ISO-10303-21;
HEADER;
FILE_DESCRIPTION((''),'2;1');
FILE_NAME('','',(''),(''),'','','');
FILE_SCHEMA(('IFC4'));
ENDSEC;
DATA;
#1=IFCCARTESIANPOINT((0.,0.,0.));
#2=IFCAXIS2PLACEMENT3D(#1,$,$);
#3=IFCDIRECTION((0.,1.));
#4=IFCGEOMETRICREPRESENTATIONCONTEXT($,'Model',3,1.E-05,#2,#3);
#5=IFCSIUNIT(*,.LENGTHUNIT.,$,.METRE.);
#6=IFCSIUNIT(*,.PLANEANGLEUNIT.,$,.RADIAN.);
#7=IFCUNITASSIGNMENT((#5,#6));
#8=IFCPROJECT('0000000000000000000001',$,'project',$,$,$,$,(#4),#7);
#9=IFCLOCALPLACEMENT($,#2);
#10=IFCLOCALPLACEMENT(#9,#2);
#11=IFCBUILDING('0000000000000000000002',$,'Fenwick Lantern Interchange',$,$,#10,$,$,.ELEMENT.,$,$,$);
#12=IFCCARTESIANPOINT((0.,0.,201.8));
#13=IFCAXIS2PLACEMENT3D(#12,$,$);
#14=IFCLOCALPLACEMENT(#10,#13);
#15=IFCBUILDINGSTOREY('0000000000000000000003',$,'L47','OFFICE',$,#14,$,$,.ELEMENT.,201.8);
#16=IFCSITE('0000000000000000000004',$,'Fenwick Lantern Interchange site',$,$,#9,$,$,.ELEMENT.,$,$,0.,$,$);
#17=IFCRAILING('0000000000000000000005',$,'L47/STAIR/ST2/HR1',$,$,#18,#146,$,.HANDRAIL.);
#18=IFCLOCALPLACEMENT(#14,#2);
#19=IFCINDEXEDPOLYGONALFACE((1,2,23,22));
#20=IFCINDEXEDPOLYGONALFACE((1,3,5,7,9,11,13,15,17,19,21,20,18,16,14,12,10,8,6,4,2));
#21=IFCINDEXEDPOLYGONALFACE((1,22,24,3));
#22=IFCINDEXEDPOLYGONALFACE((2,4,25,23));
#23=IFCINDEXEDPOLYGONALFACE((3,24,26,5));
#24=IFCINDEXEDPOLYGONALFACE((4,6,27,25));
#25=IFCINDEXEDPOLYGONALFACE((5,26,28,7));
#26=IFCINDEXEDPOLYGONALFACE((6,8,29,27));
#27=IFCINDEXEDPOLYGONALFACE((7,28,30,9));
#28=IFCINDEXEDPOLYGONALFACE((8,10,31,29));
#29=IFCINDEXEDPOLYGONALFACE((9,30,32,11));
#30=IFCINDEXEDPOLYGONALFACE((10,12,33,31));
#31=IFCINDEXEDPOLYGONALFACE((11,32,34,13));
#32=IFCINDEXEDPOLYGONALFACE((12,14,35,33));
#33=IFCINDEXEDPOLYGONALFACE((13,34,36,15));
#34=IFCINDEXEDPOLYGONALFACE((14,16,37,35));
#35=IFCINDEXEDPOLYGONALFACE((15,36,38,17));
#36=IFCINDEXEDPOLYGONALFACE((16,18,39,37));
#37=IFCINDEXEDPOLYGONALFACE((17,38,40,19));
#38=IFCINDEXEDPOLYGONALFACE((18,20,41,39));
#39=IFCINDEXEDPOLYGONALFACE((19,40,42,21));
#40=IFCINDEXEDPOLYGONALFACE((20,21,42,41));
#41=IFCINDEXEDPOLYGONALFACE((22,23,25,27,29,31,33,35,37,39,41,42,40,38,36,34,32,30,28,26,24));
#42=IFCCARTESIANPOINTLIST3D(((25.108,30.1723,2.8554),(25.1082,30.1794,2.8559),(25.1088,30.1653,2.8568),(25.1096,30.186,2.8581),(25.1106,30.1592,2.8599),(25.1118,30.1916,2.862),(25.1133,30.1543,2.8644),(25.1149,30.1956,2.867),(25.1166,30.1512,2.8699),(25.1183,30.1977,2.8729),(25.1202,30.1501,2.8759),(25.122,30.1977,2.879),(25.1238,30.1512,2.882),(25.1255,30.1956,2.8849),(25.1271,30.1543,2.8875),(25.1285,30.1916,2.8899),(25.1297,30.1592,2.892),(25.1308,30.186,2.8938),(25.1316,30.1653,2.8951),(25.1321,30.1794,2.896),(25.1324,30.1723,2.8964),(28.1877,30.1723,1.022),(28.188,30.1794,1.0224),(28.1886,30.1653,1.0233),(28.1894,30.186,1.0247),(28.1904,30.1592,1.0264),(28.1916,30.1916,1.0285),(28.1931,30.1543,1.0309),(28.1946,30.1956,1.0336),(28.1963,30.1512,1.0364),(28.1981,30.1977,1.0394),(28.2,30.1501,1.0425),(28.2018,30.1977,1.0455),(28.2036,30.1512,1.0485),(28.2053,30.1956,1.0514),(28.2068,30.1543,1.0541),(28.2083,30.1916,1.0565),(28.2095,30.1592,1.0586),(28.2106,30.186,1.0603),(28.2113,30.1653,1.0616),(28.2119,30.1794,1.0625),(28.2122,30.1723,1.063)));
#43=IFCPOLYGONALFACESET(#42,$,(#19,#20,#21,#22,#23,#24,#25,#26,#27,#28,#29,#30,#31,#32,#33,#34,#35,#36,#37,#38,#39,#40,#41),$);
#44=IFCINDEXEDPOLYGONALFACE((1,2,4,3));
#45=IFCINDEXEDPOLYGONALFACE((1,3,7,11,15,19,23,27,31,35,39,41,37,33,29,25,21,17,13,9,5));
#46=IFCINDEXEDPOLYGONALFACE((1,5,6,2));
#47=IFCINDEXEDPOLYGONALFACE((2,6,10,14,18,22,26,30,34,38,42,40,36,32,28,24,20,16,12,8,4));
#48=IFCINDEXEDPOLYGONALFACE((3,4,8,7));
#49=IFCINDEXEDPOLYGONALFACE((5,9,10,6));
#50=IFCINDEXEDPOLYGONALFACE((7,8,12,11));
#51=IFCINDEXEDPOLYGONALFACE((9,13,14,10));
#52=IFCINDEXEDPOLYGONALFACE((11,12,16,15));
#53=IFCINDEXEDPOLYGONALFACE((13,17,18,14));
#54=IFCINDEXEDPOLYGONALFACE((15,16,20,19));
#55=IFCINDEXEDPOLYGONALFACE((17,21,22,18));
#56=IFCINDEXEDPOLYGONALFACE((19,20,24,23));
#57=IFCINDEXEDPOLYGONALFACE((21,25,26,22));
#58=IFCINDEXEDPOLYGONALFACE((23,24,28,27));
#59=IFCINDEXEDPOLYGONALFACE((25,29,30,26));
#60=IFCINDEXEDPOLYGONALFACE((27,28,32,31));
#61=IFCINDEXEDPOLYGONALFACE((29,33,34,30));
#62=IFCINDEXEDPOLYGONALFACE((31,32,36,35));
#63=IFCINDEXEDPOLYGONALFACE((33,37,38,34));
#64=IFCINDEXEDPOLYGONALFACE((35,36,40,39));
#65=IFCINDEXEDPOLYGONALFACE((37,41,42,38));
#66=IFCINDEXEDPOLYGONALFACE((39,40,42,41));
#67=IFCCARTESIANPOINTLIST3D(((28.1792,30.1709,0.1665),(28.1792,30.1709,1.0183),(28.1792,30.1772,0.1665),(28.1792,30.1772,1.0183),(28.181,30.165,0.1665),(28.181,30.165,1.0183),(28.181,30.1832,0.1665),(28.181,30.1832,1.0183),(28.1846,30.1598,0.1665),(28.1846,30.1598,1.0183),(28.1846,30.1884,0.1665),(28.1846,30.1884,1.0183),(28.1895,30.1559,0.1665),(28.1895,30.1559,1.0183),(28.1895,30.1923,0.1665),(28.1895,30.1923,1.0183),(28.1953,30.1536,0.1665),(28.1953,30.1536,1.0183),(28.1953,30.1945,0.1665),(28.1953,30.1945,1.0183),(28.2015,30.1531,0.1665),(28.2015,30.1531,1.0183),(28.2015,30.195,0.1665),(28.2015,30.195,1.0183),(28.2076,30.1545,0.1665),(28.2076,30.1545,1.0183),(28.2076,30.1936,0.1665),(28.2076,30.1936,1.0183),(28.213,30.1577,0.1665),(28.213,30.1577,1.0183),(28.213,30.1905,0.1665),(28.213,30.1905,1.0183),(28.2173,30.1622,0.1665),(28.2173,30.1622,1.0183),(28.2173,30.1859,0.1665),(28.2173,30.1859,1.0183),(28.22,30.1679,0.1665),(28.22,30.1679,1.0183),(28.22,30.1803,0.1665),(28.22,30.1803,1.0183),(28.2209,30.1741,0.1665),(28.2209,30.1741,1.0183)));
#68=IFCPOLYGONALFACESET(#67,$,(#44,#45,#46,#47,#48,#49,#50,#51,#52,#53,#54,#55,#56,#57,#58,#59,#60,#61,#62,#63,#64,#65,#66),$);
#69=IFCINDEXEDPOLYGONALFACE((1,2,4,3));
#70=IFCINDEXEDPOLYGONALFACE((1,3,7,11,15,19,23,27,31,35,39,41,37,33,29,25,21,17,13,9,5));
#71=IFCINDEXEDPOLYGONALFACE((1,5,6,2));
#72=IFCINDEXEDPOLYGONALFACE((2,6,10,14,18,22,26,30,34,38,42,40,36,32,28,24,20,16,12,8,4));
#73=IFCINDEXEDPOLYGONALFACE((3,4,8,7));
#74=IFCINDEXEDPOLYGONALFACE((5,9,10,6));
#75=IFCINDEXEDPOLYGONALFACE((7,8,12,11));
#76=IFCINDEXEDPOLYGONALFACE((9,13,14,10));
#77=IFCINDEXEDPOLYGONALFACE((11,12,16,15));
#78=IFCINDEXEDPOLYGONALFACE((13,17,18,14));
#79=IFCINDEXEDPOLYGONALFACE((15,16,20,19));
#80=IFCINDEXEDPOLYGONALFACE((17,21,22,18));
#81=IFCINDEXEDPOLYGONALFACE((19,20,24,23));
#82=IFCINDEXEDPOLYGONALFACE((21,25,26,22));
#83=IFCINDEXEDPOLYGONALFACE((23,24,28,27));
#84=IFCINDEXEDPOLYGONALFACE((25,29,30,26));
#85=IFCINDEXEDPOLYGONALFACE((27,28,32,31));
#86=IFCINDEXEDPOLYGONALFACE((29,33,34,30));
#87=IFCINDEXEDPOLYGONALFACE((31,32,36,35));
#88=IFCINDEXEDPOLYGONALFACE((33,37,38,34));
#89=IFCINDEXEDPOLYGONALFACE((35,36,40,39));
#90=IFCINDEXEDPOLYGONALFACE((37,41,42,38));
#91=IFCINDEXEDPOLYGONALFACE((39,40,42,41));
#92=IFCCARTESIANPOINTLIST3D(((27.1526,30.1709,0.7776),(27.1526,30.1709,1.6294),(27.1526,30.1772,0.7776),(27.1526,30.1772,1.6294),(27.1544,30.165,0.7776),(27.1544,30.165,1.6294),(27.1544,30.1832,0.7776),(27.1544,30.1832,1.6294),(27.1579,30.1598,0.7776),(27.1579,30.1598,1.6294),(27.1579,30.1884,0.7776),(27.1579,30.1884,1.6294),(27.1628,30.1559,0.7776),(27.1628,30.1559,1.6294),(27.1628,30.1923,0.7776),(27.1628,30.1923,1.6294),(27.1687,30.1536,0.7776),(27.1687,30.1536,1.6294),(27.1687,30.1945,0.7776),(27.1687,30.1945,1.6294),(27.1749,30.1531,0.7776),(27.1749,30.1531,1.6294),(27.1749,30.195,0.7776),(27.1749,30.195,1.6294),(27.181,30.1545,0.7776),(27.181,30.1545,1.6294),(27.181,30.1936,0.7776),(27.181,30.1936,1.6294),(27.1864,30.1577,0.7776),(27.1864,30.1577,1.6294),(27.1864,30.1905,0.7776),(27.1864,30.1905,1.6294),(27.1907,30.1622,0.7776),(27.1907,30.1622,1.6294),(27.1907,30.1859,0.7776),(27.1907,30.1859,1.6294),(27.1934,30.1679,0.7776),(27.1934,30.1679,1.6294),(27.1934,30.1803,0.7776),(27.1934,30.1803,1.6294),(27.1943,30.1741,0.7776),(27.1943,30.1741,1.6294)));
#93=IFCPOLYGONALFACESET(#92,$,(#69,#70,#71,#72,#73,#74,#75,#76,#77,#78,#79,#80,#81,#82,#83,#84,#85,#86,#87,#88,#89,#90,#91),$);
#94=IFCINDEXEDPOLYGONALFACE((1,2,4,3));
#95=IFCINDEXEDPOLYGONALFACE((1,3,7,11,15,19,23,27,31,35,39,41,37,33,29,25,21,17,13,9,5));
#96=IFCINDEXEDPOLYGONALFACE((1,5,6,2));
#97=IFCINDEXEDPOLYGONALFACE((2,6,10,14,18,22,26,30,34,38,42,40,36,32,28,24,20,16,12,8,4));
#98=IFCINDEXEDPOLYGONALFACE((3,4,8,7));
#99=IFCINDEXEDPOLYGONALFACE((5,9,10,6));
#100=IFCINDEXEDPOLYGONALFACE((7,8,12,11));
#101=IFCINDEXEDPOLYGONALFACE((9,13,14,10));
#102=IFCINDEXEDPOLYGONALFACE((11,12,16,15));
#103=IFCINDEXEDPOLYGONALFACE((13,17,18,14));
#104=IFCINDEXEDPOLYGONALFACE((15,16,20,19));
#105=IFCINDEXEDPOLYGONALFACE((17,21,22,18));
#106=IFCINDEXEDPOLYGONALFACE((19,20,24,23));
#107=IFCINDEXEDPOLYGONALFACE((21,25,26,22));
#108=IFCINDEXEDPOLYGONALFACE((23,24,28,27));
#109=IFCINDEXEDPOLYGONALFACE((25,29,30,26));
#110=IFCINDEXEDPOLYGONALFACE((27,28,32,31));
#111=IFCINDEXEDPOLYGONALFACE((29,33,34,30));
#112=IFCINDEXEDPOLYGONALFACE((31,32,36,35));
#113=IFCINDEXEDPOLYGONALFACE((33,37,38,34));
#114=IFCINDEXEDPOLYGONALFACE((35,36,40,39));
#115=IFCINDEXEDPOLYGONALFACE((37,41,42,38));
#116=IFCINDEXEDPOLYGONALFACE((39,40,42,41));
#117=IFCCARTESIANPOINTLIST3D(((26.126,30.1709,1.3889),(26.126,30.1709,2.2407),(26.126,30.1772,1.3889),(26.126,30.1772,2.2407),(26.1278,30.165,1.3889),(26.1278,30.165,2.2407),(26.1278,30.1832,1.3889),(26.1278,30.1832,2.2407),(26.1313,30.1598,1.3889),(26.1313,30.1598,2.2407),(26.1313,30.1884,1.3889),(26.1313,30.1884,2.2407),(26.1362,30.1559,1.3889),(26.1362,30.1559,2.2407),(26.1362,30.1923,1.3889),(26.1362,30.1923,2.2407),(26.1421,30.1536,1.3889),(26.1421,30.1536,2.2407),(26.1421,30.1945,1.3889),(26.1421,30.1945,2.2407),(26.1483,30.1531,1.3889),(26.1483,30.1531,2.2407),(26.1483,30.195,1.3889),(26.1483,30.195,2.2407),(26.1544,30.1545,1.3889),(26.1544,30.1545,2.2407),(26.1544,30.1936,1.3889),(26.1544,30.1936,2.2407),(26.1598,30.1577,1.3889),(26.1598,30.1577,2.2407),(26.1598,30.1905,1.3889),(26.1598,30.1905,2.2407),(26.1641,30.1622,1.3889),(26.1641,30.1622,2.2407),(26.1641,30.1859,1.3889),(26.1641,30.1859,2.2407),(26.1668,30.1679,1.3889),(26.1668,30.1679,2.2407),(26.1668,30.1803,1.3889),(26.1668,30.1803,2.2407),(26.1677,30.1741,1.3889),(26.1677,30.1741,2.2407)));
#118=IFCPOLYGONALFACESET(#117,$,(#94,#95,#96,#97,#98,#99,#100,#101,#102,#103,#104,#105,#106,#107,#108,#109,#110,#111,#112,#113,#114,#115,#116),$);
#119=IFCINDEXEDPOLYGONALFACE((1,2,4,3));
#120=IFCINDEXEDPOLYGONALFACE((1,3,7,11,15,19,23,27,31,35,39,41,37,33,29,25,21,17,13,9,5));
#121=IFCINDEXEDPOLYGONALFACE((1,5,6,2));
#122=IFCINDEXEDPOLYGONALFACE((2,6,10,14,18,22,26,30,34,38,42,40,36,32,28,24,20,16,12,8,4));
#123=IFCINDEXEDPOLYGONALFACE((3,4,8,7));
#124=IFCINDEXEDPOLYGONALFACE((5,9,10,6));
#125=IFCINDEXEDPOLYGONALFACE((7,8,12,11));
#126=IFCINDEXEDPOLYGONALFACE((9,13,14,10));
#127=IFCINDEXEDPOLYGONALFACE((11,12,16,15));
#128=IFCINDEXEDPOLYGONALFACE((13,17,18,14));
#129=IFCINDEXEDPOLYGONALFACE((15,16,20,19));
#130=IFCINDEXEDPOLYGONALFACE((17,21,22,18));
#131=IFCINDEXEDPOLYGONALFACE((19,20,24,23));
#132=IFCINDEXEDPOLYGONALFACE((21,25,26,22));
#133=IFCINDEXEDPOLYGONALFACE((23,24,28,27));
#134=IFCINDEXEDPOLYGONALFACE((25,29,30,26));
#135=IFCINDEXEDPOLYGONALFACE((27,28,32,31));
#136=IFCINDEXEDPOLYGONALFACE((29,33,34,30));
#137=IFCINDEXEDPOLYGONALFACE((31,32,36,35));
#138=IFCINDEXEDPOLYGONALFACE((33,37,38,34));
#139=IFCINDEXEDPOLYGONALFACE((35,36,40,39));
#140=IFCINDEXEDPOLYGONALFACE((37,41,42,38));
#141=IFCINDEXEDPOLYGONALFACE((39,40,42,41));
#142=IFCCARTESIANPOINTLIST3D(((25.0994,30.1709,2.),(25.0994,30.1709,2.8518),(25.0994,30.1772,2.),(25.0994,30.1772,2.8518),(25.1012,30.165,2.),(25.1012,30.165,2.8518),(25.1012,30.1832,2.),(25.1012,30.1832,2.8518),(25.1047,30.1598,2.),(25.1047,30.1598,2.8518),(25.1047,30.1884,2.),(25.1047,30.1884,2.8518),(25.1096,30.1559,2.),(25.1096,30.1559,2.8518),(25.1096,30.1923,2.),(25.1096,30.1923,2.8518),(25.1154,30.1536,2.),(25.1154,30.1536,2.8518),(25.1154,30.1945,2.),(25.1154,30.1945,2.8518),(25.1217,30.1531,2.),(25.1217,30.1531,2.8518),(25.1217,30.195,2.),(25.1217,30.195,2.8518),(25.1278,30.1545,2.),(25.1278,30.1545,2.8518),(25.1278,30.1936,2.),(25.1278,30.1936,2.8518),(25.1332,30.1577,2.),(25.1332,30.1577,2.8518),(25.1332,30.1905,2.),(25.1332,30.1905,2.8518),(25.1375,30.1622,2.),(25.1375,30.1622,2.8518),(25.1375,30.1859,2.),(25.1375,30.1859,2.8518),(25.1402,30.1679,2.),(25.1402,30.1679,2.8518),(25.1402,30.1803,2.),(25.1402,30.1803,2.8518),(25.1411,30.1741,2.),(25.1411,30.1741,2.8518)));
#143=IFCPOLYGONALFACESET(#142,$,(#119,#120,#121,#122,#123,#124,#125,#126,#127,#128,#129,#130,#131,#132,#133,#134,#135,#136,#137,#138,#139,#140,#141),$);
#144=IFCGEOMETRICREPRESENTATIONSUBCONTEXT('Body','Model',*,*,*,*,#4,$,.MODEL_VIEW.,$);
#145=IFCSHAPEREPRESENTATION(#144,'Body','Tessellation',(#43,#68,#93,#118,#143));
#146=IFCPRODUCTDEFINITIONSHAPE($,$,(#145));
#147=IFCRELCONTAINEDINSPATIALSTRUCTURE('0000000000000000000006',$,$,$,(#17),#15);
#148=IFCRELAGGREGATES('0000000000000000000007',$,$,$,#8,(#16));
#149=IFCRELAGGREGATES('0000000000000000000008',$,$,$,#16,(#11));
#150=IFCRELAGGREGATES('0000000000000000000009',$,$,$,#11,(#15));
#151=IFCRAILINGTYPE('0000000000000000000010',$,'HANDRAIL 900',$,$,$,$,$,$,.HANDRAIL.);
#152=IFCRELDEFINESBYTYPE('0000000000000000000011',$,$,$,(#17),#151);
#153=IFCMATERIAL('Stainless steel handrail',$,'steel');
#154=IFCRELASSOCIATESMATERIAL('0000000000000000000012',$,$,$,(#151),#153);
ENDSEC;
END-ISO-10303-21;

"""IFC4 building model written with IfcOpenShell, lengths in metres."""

from ifc_helpers import new_model, si_unit, direction, frame, origin, origin_2d, place, context, subcontext, project, spatial, circle, extrude, material, type_object, element, save


model = new_model("IFC4")

# Units and contexts
model_context = context("Model", 3, precision=1e-05, world=origin(), true_north=direction((0.0, 1.0)))
body_context = subcontext(model_context, "Body", "Model", "MODEL_VIEW")
ifc_project = project(units=[si_unit("LENGTHUNIT", "METRE"), si_unit("PLANEANGLEUNIT", "RADIAN")], contexts=[model_context])

# Site, building, storey
site_placement = place(None, origin())
site = spatial("IfcSite", under=ifc_project, at=site_placement, Name="Fenwick Lantern Interchange site", CompositionType="ELEMENT", RefElevation=0.0)
building_placement = place(site_placement, origin())
building = spatial("IfcBuilding", under=site, at=building_placement, Name="Fenwick Lantern Interchange", CompositionType="ELEMENT")
storey_placement = place(building_placement, frame((0.0, 0.0, 201.8)))
storey = spatial("IfcBuildingStorey", under=building, at=storey_placement, Name="L47", Description="OFFICE", CompositionType="ELEMENT", Elevation=201.8)

# Railing
ifc_material_1 = material(Name="Stainless steel handrail", Category="steel")
railing_type = type_object("IfcRailingType", Name="HANDRAIL 900", PredefinedType="HANDRAIL", material=ifc_material_1)
railing_1_placement = place(storey_placement, frame((28.2, 30.1741, 0.1665)))
element("IfcRailing", 1, at=railing_1_placement, inside=storey, type_object=railing_type, Name="L47/STAIR/ST2/HR1", PredefinedType="HANDRAIL", context=body_context, shape_type="SweptSolid", body=[
    extrude(circle(Radius=0.0239, at=origin_2d()), frame((0.0, 0.0, 0.876), z_axis=(-0.859261, 0.0, 0.511538), x_axis=(0.0, -1.0, 0.0)), (0.0, 0.0, 1.0), 3.5842),
    extrude(circle(Radius=0.021, at=origin_2d()), origin(), (0.0, 0.0, 1.0), 0.8518),
    extrude(circle(Radius=0.021, at=origin_2d()), frame((-1.0266, 0.0, 0.6111)), (0.0, 0.0, 1.0), 0.8518),
    extrude(circle(Radius=0.021, at=origin_2d()), frame((-2.0532, 0.0, 1.2224)), (0.0, 0.0, 1.0), 0.8518),
    extrude(circle(Radius=0.021, at=origin_2d()), frame((-3.0798, 0.0, 1.8335)), (0.0, 0.0, 1.0), 0.8518),
])

save(model, "model.ifc")
